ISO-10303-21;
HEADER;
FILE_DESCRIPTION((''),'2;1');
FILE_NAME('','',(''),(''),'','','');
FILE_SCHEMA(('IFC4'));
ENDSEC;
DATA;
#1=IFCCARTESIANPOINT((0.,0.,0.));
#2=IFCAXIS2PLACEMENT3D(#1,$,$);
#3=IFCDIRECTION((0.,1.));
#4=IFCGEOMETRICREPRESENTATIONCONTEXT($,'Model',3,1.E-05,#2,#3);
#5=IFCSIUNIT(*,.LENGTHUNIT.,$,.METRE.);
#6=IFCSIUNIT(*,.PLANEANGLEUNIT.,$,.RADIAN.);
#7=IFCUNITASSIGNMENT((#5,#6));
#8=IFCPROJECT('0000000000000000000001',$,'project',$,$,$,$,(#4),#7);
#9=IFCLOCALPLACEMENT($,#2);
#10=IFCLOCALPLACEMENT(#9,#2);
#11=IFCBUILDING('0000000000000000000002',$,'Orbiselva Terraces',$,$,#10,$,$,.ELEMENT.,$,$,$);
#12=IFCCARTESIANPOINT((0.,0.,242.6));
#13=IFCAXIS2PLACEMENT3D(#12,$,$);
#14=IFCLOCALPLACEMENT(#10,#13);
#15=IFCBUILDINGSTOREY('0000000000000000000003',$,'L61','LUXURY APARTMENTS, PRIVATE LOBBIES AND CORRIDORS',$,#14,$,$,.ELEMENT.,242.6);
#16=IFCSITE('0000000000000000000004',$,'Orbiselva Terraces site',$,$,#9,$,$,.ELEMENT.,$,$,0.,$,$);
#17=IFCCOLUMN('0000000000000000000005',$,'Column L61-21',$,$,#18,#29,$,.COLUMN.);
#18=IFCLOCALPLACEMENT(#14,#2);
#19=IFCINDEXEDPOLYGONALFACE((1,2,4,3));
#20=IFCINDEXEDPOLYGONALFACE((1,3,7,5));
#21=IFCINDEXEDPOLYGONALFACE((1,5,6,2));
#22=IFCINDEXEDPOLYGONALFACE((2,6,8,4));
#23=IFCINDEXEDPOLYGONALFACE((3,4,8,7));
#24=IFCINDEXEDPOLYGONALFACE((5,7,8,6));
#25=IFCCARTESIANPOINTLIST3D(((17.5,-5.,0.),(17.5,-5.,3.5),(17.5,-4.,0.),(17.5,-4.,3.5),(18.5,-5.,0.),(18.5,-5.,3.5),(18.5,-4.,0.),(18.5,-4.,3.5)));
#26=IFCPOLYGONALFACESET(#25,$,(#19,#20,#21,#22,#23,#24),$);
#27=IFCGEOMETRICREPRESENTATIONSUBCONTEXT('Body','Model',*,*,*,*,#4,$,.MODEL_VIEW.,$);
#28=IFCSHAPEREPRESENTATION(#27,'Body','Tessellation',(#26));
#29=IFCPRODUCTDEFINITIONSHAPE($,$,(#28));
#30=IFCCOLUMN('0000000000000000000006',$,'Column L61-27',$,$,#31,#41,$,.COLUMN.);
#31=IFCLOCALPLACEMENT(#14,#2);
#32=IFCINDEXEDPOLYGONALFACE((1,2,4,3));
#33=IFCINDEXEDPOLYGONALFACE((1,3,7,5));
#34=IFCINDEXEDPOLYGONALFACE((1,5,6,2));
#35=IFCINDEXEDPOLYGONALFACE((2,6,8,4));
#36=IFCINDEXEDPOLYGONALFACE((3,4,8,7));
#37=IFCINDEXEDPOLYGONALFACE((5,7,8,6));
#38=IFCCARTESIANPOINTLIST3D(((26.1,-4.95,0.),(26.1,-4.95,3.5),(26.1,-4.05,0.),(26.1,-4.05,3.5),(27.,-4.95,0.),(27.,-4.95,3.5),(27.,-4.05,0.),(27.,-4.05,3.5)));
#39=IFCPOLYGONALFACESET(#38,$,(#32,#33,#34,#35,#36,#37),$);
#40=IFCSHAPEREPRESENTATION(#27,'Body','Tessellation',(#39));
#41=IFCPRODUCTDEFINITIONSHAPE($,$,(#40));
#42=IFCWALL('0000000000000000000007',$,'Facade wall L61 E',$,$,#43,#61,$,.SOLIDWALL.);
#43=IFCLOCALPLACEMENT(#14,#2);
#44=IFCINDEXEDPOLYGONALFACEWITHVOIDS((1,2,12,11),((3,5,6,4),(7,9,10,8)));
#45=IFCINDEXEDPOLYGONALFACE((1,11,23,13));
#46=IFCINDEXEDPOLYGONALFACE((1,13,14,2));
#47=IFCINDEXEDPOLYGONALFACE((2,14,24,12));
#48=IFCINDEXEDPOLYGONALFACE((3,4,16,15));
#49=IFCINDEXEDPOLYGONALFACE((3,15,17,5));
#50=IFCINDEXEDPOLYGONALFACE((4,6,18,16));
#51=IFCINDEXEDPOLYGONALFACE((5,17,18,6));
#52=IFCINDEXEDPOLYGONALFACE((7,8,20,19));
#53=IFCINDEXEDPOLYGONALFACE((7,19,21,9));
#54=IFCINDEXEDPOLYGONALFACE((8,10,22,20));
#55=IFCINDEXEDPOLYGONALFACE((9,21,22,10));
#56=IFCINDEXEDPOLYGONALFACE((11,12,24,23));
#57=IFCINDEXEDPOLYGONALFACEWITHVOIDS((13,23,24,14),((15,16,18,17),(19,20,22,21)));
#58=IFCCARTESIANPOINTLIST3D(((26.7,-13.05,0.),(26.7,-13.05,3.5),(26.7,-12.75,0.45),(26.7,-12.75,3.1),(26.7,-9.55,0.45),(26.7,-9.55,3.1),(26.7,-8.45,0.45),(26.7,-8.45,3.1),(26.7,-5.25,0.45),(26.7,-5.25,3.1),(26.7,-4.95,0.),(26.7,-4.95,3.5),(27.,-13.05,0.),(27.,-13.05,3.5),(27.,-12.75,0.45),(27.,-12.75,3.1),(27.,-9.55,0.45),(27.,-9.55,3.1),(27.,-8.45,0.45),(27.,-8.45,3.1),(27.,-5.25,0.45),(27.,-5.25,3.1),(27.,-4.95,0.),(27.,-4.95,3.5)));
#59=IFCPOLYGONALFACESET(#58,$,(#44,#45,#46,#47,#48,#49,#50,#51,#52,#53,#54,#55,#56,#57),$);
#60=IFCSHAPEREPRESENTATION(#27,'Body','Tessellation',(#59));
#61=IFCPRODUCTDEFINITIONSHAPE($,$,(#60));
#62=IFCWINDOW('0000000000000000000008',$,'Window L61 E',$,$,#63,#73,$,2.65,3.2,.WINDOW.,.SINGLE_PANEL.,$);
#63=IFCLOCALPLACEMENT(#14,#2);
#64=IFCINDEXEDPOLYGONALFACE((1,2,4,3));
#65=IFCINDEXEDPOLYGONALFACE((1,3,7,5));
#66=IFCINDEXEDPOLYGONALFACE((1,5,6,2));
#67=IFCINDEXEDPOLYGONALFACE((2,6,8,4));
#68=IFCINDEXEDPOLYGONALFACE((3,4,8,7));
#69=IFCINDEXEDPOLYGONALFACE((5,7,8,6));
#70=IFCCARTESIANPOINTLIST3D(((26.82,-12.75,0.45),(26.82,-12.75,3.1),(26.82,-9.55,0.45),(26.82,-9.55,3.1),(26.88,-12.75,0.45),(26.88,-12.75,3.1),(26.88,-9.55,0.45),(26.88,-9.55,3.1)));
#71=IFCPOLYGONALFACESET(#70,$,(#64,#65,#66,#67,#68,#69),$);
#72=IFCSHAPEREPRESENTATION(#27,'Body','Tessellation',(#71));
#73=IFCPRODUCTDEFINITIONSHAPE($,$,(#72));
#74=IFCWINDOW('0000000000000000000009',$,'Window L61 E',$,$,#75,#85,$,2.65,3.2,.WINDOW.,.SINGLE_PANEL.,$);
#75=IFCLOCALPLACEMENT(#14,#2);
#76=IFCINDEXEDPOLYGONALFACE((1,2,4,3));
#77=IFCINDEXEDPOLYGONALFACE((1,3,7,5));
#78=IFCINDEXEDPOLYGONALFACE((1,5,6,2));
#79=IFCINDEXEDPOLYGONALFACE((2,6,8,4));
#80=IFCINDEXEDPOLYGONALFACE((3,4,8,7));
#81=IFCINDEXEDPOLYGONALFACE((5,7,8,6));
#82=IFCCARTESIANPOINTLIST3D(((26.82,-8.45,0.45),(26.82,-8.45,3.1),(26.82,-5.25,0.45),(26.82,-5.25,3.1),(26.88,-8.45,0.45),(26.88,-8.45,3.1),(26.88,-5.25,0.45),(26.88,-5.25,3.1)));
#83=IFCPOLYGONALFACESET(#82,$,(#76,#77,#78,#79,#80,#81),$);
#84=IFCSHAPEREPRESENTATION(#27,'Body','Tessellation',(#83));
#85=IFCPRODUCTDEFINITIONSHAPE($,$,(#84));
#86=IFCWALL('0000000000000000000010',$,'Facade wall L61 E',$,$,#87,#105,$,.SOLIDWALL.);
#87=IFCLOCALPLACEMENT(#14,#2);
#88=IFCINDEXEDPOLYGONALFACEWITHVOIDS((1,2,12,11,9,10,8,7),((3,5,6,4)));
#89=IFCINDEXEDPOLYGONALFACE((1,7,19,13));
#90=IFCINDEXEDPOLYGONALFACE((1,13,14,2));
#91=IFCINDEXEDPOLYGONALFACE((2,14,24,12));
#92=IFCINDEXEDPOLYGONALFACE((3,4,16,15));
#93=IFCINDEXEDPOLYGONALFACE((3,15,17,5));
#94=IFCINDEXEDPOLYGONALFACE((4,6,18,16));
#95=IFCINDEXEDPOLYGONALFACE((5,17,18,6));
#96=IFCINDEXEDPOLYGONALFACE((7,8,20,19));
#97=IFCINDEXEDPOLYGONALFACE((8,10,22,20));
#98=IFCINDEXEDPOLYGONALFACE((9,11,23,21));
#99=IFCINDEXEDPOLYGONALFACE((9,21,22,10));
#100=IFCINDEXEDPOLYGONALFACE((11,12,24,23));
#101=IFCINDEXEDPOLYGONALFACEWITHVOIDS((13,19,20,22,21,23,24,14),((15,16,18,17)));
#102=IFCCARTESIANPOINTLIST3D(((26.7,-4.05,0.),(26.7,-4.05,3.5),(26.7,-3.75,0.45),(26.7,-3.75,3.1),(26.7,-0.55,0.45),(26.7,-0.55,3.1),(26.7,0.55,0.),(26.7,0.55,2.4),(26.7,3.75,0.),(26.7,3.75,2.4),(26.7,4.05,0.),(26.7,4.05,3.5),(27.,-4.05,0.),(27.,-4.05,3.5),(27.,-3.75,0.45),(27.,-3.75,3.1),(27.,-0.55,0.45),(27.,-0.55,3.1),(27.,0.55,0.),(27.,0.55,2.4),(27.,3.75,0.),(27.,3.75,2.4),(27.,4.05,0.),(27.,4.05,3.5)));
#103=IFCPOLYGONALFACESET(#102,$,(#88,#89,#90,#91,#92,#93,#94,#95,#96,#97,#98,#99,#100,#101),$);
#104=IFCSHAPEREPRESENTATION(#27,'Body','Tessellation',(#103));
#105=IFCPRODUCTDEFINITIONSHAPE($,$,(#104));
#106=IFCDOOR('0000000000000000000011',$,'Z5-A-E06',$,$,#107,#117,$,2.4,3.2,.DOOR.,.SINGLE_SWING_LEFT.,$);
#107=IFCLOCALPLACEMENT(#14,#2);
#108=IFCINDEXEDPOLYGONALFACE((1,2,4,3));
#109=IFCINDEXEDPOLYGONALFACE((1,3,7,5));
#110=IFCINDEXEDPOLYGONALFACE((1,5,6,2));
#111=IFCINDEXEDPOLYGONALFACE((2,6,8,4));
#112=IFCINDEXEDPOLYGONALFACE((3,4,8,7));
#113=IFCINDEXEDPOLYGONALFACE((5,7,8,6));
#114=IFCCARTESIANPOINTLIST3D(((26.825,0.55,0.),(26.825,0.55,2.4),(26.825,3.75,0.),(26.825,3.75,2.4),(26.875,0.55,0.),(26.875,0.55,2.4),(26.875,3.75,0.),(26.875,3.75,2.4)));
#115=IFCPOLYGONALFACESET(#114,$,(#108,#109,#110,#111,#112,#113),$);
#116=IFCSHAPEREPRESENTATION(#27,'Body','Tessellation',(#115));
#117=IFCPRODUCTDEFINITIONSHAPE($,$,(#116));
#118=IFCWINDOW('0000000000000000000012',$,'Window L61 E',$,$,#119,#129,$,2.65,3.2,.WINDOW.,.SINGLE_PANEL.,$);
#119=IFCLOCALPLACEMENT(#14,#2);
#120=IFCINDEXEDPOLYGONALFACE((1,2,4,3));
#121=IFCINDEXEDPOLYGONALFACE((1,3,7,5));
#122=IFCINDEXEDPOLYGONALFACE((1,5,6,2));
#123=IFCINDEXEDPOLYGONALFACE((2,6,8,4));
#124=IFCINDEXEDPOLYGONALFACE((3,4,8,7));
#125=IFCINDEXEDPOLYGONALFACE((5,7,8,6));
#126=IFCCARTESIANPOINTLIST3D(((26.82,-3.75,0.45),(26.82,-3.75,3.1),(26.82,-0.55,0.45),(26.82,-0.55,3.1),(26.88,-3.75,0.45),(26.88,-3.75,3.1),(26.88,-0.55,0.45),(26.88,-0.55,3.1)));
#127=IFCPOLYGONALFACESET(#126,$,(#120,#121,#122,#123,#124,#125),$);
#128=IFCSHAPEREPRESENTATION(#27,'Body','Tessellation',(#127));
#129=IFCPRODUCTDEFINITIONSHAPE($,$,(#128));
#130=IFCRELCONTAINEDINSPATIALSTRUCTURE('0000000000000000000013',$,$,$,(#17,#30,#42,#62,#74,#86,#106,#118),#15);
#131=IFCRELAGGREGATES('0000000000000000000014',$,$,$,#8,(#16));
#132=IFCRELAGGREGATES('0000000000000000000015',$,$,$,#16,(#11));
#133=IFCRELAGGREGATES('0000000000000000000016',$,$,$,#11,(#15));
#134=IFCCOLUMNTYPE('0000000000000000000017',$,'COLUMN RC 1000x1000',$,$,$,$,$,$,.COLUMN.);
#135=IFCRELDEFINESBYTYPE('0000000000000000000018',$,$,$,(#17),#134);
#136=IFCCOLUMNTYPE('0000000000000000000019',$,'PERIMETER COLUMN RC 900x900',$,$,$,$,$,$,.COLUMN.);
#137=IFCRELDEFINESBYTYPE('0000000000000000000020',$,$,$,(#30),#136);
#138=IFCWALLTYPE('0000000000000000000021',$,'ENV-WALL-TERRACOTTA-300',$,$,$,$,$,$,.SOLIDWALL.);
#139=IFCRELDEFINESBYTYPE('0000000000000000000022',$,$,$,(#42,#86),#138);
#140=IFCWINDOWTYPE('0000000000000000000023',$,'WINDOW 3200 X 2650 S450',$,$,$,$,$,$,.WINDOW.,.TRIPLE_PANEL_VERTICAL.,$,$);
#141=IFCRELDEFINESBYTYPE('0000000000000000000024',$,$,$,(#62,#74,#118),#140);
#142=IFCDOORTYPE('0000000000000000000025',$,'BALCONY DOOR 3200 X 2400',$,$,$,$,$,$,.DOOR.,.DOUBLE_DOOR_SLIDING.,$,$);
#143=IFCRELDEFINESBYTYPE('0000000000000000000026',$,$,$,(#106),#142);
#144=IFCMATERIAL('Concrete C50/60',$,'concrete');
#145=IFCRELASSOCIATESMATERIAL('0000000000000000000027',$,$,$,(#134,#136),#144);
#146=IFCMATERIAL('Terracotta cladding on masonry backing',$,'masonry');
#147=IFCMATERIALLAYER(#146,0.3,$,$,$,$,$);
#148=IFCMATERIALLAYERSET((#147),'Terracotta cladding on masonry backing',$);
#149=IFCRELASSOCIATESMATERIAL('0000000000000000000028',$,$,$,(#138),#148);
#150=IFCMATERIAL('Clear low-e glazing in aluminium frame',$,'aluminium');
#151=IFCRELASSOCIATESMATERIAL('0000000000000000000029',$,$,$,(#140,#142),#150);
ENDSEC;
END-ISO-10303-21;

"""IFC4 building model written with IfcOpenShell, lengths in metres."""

from ifc_helpers import new_model, si_unit, direction, frame, frame_2d, origin, origin_2d, place, context, subcontext, project, spatial, rectangle, extrude, material, layer, layer_set, material_profile, profile_set, type_object, element, fill, save


model = new_model("IFC4")

# Units and contexts
model_context = context("Model", 3, precision=1e-05, world=origin(), true_north=direction((0.0, 1.0)))
body_context = subcontext(model_context, "Body", "Model", "MODEL_VIEW")
ifc_project = project(units=[si_unit("LENGTHUNIT", "METRE"), si_unit("PLANEANGLEUNIT", "RADIAN")], contexts=[model_context])

# Site, building, storey
site_placement = place(None, origin())
site = spatial("IfcSite", under=ifc_project, at=site_placement, Name="Orbiselva Terraces site", CompositionType="ELEMENT", RefElevation=0.0)
building_placement = place(site_placement, origin())
building = spatial("IfcBuilding", under=site, at=building_placement, Name="Orbiselva Terraces", CompositionType="ELEMENT")
storey_placement = place(building_placement, frame((0.0, 0.0, 242.6)))
storey = spatial("IfcBuildingStorey", under=building, at=storey_placement, Name="L61", Description="LUXURY APARTMENTS, PRIVATE LOBBIES AND CORRIDORS", CompositionType="ELEMENT", Elevation=242.6)

# Columns
ifc_material_1 = material(Name="Concrete C50/60", Category="concrete")
ifc_material_profile_1 = material_profile(ifc_material_1, rectangle(XDim=1.0, YDim=1.0, at=origin_2d()), Name="RC 1000x1000")
ifc_profile_set_1 = profile_set([ifc_material_profile_1], Name="Concrete C50/60")
column_type_1 = type_object("IfcColumnType", Name="COLUMN RC 1000x1000", PredefinedType="COLUMN", material=ifc_profile_set_1)
column_1_placement = place(storey_placement, frame((18.0, -4.5, 0.0), z_axis=(0.0, 0.0, 1.0), x_axis=(1.0, 0.0, 0.0)))
element("IfcColumn", 1, at=column_1_placement, inside=storey, type_object=column_type_1, Name="Column L61-21", PredefinedType="COLUMN", context=body_context, shape_type="SweptSolid", body=[
    extrude(rectangle(XDim=1.0, YDim=1.0, at=origin_2d()), origin(), (0.0, 0.0, 1.0), 3.5),
])
ifc_material_profile_2 = material_profile(ifc_material_1, rectangle(XDim=0.9, YDim=0.9, at=origin_2d()), Name="RC 900x900")
ifc_profile_set_2 = profile_set([ifc_material_profile_2], Name="Concrete C50/60")
column_type_2 = type_object("IfcColumnType", Name="PERIMETER COLUMN RC 900x900", PredefinedType="COLUMN", material=ifc_profile_set_2)
column_2_placement = place(storey_placement, frame((26.55, -4.5, 0.0), z_axis=(0.0, 0.0, 1.0), x_axis=(1.0, 0.0, 0.0)))
element("IfcColumn", 2, at=column_2_placement, inside=storey, type_object=column_type_2, Name="Column L61-27", PredefinedType="COLUMN", context=body_context, shape_type="SweptSolid", body=[
    extrude(rectangle(XDim=0.9, YDim=0.9, at=origin_2d()), origin(), (0.0, 0.0, 1.0), 3.5),
])

# Wall, openings, windows
ifc_material_2 = material(Name="Terracotta cladding on masonry backing", Category="masonry")
ifc_layer_1 = layer(ifc_material_2, 0.3)
ifc_layer_set_1 = layer_set([ifc_layer_1], Name="Terracotta cladding on masonry backing")
wall_type_1 = type_object("IfcWallType", Name="ENV-WALL-TERRACOTTA-300", PredefinedType="SOLIDWALL", material=ifc_layer_set_1)
wall_1_placement = place(storey_placement, frame((26.85, -4.95, 0.0), z_axis=(0.0, 0.0, 1.0), x_axis=(0.0, -1.0, 0.0)))
wall_1 = element("IfcWall", 3, at=wall_1_placement, inside=storey, type_object=wall_type_1, Name="Facade wall L61 E", PredefinedType="SOLIDWALL", context=body_context, shape_type="SweptSolid", body=[
    extrude(rectangle(XDim=8.1, YDim=0.3, at=frame_2d((4.05, 0.0))), origin(), (0.0, 0.0, 1.0), 3.5),
])
opening_1_placement = place(wall_1_placement, frame((4.6, 0.0, 0.45)))
opening_1 = element("IfcOpeningElement", 4, at=opening_1_placement, cuts=wall_1, PredefinedType="OPENING", context=body_context, shape_type="SweptSolid", body=[
    extrude(rectangle(XDim=3.2, YDim=2.65, at=frame_2d((1.6, 1.325))), frame((0.0, 0.16, 0.0), z_axis=(0.0, -1.0, 0.0), x_axis=(1.0, 0.0, 0.0)), (0.0, 0.0, 1.0), 0.32),
])
opening_2_placement = place(wall_1_placement, frame((0.3, 0.0, 0.45)))
opening_2 = element("IfcOpeningElement", 5, at=opening_2_placement, cuts=wall_1, PredefinedType="OPENING", context=body_context, shape_type="SweptSolid", body=[
    extrude(rectangle(XDim=3.2, YDim=2.65, at=frame_2d((1.6, 1.325))), frame((0.0, 0.16, 0.0), z_axis=(0.0, -1.0, 0.0), x_axis=(1.0, 0.0, 0.0)), (0.0, 0.0, 1.0), 0.32),
])
ifc_material_3 = material(Name="Clear low-e glazing in aluminium frame", Category="aluminium")
window_type = type_object("IfcWindowType", Name="WINDOW 3200 X 2650 S450", PartitioningType="TRIPLE_PANEL_VERTICAL", PredefinedType="WINDOW", material=ifc_material_3)
window_1_placement = place(opening_1_placement, origin())
window_1 = element("IfcWindow", 6, at=window_1_placement, inside=storey, type_object=window_type, Name="Window L61 E", OverallHeight=2.65, OverallWidth=3.2, PartitioningType="SINGLE_PANEL", PredefinedType="WINDOW", context=body_context, shape_type="SweptSolid", body=[
    extrude(rectangle(XDim=3.2, YDim=2.65, at=frame_2d((1.6, 1.325))), frame((0.0, 0.03, 0.0), z_axis=(0.0, -1.0, 0.0), x_axis=(1.0, 0.0, 0.0)), (0.0, 0.0, 1.0), 0.06),
])
fill(opening_1, window_1)
window_2_placement = place(opening_2_placement, origin())
window_2 = element("IfcWindow", 7, at=window_2_placement, inside=storey, type_object=window_type, Name="Window L61 E", OverallHeight=2.65, OverallWidth=3.2, PartitioningType="SINGLE_PANEL", PredefinedType="WINDOW", context=body_context, shape_type="SweptSolid", body=[
    extrude(rectangle(XDim=3.2, YDim=2.65, at=frame_2d((1.6, 1.325))), frame((0.0, 0.03, 0.0), z_axis=(0.0, -1.0, 0.0), x_axis=(1.0, 0.0, 0.0)), (0.0, 0.0, 1.0), 0.06),
])
fill(opening_2, window_2)

# Wall, openings, door, window
wall_2_placement = place(storey_placement, frame((26.85, 4.05, 0.0), z_axis=(0.0, 0.0, 1.0), x_axis=(0.0, -1.0, 0.0)))
wall_2 = element("IfcWall", 8, at=wall_2_placement, inside=storey, type_object=wall_type_1, Name="Facade wall L61 E", PredefinedType="SOLIDWALL", context=body_context, shape_type="SweptSolid", body=[
    extrude(rectangle(XDim=8.1, YDim=0.3, at=frame_2d((4.05, 0.0))), origin(), (0.0, 0.0, 1.0), 3.5),
])
opening_3_placement = place(wall_2_placement, frame((4.6, 0.0, 0.45)))
opening_3 = element("IfcOpeningElement", 9, at=opening_3_placement, cuts=wall_2, PredefinedType="OPENING", context=body_context, shape_type="SweptSolid", body=[
    extrude(rectangle(XDim=3.2, YDim=2.65, at=frame_2d((1.6, 1.325))), frame((0.0, 0.16, 0.0), z_axis=(0.0, -1.0, 0.0), x_axis=(1.0, 0.0, 0.0)), (0.0, 0.0, 1.0), 0.32),
])
opening_4_placement = place(wall_2_placement, frame((0.3, 0.0, 0.0)))
opening_4 = element("IfcOpeningElement", 10, at=opening_4_placement, cuts=wall_2, PredefinedType="OPENING", context=body_context, shape_type="SweptSolid", body=[
    extrude(rectangle(XDim=3.2, YDim=2.4, at=frame_2d((1.6, 1.2))), frame((0.0, 0.16, 0.0), z_axis=(0.0, -1.0, 0.0), x_axis=(1.0, 0.0, 0.0)), (0.0, 0.0, 1.0), 0.32),
])
door_type_1 = type_object("IfcDoorType", Name="BALCONY DOOR 3200 X 2400", OperationType="DOUBLE_DOOR_SLIDING", PredefinedType="DOOR", material=ifc_material_3)
door_1_placement = place(opening_4_placement, origin())
door_1 = element("IfcDoor", 11, at=door_1_placement, inside=storey, type_object=door_type_1, Name="Z5-A-E06", OperationType="SINGLE_SWING_LEFT", OverallHeight=2.4, OverallWidth=3.2, PredefinedType="DOOR", context=body_context, shape_type="SweptSolid", body=[
    extrude(rectangle(XDim=3.2, YDim=2.4, at=frame_2d((1.6, 1.2))), frame((0.0, 0.025, 0.0), z_axis=(0.0, -1.0, 0.0), x_axis=(1.0, 0.0, 0.0)), (0.0, 0.0, 1.0), 0.05),
])
fill(opening_4, door_1)
window_3_placement = place(opening_3_placement, origin())
window_3 = element("IfcWindow", 12, at=window_3_placement, inside=storey, type_object=window_type, Name="Window L61 E", OverallHeight=2.65, OverallWidth=3.2, PartitioningType="SINGLE_PANEL", PredefinedType="WINDOW", context=body_context, shape_type="SweptSolid", body=[
    extrude(rectangle(XDim=3.2, YDim=2.65, at=frame_2d((1.6, 1.325))), frame((0.0, 0.03, 0.0), z_axis=(0.0, -1.0, 0.0), x_axis=(1.0, 0.0, 0.0)), (0.0, 0.0, 1.0), 0.06),
])
fill(opening_3, window_3)

save(model, "model.ifc")
